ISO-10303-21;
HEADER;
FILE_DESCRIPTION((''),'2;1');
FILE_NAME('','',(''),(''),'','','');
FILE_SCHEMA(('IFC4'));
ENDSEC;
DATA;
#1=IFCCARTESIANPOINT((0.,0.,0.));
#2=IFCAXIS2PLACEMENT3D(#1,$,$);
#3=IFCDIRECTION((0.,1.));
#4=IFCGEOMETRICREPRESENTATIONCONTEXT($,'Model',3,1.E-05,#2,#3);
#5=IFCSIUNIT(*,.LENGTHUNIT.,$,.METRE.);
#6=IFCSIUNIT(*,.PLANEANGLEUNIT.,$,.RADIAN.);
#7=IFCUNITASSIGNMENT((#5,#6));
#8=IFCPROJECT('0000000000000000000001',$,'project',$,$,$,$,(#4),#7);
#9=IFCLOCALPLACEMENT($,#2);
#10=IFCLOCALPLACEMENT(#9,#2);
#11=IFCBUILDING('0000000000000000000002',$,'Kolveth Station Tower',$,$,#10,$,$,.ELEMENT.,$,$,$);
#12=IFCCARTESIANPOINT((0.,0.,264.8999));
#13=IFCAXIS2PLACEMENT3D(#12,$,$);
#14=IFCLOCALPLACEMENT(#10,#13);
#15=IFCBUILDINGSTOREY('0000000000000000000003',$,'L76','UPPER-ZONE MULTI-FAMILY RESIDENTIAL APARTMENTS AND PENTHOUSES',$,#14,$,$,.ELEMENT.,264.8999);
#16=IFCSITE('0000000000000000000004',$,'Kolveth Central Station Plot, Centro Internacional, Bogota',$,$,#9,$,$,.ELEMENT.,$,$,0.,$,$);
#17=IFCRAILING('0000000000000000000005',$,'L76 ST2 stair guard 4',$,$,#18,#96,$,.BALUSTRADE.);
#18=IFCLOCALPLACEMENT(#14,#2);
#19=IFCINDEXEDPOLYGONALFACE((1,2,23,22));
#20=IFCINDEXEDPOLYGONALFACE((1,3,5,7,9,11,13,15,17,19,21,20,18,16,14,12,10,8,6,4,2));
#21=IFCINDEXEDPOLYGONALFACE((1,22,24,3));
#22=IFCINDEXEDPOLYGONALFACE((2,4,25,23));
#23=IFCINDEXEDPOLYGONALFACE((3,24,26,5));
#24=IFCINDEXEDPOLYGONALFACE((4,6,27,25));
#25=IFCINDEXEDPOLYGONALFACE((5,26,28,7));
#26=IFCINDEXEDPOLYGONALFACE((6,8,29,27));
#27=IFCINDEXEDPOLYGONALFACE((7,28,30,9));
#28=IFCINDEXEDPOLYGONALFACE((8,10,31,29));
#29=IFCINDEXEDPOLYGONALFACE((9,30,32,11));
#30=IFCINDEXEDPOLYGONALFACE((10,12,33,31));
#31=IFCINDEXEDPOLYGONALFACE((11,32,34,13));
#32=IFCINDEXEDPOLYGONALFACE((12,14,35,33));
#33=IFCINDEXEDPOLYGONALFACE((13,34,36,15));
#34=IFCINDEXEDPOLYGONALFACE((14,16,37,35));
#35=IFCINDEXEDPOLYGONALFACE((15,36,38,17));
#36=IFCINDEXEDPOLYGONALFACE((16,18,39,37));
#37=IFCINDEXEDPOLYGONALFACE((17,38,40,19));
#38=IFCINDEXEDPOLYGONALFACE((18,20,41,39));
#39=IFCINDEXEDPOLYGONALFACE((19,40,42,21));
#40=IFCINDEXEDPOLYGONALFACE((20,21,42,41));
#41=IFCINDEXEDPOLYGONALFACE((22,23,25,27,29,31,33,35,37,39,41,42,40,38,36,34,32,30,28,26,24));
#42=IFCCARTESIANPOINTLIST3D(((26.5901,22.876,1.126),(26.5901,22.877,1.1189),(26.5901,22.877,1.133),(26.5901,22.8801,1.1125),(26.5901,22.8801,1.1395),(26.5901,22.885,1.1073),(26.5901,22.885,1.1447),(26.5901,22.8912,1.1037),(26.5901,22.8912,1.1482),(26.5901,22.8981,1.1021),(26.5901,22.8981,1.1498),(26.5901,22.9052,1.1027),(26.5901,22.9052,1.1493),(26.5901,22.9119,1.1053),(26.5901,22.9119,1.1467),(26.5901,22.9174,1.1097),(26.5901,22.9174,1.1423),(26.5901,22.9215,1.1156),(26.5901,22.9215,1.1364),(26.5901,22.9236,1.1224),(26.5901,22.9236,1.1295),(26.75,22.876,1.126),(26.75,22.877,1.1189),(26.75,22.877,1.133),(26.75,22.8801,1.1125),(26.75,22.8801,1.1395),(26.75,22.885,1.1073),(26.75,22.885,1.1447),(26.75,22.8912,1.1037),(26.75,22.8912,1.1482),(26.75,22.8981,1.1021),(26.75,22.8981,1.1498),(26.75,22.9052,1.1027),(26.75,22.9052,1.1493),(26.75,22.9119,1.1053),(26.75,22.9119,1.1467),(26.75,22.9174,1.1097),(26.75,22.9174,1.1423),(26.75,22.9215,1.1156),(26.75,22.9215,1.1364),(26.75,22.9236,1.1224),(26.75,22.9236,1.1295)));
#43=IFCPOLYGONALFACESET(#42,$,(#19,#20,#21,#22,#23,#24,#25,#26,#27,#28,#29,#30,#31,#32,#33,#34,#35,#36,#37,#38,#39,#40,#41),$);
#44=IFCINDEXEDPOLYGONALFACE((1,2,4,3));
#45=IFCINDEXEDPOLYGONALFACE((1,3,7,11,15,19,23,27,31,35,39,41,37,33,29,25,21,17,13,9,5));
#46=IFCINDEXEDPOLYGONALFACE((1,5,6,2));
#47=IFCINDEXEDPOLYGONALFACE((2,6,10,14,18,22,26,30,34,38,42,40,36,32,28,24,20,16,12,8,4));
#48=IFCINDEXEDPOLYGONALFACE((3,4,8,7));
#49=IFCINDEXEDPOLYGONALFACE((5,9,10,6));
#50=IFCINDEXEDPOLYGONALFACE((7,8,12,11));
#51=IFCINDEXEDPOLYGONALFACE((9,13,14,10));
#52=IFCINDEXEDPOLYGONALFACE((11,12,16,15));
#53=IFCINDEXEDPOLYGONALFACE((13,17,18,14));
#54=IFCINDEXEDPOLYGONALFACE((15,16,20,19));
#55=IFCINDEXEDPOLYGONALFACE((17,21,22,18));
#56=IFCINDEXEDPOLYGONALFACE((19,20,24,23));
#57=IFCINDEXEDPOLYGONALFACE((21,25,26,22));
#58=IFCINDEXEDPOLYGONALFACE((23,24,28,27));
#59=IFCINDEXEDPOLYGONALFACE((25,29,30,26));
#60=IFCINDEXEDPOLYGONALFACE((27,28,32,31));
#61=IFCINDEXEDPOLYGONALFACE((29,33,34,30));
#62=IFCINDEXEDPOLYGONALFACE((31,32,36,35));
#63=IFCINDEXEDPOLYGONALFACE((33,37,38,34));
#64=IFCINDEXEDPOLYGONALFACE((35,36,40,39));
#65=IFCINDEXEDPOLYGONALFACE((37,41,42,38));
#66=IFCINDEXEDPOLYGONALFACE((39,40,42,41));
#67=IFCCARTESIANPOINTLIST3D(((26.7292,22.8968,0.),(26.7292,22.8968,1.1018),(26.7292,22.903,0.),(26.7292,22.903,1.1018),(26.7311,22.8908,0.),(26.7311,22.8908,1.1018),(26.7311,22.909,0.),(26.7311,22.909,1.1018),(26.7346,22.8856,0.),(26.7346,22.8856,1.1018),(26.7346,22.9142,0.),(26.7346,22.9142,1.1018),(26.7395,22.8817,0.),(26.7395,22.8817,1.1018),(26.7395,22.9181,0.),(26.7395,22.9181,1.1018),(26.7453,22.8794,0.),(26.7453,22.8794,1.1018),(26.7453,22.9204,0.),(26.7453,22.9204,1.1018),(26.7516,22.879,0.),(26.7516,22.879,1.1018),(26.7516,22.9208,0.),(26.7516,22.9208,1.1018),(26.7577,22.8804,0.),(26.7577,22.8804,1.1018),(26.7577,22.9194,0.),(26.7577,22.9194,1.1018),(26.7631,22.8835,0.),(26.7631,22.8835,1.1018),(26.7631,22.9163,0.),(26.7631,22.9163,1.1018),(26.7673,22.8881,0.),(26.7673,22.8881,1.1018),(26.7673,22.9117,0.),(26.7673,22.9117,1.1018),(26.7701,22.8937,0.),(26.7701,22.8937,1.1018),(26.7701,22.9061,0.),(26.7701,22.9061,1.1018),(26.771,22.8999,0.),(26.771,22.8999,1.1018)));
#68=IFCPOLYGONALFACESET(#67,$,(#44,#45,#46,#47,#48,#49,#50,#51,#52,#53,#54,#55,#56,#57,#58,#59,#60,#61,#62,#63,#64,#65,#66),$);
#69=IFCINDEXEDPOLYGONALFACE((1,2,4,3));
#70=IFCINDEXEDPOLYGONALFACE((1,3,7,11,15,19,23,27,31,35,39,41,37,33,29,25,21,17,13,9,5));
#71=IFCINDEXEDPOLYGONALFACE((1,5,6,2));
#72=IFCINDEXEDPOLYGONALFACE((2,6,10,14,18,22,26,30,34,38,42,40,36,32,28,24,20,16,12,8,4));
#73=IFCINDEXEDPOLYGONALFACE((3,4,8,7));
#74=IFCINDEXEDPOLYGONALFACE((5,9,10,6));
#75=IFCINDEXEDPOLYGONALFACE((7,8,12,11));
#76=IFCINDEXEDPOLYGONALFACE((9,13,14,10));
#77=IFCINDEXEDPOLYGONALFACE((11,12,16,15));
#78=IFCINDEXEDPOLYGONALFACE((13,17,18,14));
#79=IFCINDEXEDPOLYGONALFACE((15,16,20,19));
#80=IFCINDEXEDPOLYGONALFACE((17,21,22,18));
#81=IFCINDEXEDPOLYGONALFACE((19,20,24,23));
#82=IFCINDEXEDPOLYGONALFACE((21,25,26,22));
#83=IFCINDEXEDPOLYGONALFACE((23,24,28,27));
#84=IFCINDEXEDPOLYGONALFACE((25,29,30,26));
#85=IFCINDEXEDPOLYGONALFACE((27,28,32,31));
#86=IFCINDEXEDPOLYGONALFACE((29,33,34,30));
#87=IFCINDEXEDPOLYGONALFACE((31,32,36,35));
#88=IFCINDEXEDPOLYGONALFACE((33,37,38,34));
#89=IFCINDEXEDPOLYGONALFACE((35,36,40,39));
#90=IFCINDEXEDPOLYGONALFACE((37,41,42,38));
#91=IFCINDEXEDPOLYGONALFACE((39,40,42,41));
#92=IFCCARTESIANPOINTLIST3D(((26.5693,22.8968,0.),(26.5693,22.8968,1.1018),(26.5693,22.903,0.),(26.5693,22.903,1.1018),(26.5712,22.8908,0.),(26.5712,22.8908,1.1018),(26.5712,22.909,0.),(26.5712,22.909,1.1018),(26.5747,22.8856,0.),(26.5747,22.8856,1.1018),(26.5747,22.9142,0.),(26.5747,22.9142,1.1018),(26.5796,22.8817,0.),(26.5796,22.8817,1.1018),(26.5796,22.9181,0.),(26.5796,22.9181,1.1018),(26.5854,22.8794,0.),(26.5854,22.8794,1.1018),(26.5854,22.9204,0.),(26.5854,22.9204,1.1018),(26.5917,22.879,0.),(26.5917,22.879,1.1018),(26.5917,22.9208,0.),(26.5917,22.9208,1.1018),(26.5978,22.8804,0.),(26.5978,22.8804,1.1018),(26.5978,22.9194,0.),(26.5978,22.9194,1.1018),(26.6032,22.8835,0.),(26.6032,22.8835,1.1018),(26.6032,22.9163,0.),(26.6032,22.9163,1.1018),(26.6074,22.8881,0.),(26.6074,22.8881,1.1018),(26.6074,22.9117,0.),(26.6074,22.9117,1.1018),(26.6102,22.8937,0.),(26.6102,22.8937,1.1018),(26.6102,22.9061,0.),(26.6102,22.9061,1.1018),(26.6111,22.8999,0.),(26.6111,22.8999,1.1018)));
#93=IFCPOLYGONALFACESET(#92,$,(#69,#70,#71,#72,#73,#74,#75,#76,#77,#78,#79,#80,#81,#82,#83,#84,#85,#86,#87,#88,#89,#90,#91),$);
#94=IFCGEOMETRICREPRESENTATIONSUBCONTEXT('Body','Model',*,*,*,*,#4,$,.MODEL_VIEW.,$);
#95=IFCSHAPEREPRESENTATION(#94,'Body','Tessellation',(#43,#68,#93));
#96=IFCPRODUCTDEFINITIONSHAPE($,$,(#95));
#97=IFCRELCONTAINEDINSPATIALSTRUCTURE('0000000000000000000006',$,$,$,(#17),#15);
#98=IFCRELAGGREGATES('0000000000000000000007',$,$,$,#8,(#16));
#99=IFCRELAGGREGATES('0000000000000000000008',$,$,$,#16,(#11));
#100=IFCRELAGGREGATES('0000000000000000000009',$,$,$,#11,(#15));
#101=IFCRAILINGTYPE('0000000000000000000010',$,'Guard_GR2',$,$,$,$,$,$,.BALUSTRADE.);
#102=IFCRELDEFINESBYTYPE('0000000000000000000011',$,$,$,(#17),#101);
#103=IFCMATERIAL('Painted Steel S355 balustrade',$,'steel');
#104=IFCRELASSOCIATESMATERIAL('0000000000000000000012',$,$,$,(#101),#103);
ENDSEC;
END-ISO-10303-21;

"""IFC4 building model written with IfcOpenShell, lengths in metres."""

from ifc_helpers import new_model, si_unit, direction, frame, origin, origin_2d, place, context, subcontext, project, spatial, circle, extrude, material, type_object, element, save


model = new_model("IFC4")

# Units and contexts
model_context = context("Model", 3, precision=1e-05, world=origin(), true_north=direction((0.0, 1.0)))
body_context = subcontext(model_context, "Body", "Model", "MODEL_VIEW")
ifc_project = project(units=[si_unit("LENGTHUNIT", "METRE"), si_unit("PLANEANGLEUNIT", "RADIAN")], contexts=[model_context])

# Site, building, storey
site_placement = place(None, origin())
site = spatial("IfcSite", under=ifc_project, at=site_placement, Name="Kolveth Central Station Plot, Centro Internacional, Bogota", CompositionType="ELEMENT", RefElevation=0.0)
building_placement = place(site_placement, origin())
building = spatial("IfcBuilding", under=site, at=building_placement, Name="Kolveth Station Tower", CompositionType="ELEMENT")
storey_placement = place(building_placement, frame((0.0, 0.0, 264.8999)))
storey = spatial("IfcBuildingStorey", under=building, at=storey_placement, Name="L76", Description="UPPER-ZONE MULTI-FAMILY RESIDENTIAL APARTMENTS AND PENTHOUSES", CompositionType="ELEMENT", Elevation=264.8999)

# Railing
ifc_material_1 = material(Name="Painted Steel S355 balustrade", Category="steel")
railing_type_1 = type_object("IfcRailingType", Name="Guard_GR2", PredefinedType="BALUSTRADE", material=ifc_material_1)
railing_1_placement = place(storey_placement, frame((26.75, 22.8999, 0.0)))
element("IfcRailing", 1, at=railing_1_placement, inside=storey, type_object=railing_type_1, Name="L76 ST2 stair guard 4", PredefinedType="BALUSTRADE", context=body_context, shape_type="SweptSolid", body=[
    extrude(circle(Radius=0.0239, at=origin_2d()), frame((0.0, 0.0, 1.126), z_axis=(-1.0, 0.0, 0.0), x_axis=(0.0, -1.0, 0.0)), (0.0, 0.0, 1.0), 0.1599),
    extrude(circle(Radius=0.021, at=origin_2d()), origin(), (0.0, 0.0, 1.0), 1.1018),
    extrude(circle(Radius=0.021, at=origin_2d()), frame((-0.1599, 0.0, 0.0)), (0.0, 0.0, 1.0), 1.1018),
])

save(model, "model.ifc")
